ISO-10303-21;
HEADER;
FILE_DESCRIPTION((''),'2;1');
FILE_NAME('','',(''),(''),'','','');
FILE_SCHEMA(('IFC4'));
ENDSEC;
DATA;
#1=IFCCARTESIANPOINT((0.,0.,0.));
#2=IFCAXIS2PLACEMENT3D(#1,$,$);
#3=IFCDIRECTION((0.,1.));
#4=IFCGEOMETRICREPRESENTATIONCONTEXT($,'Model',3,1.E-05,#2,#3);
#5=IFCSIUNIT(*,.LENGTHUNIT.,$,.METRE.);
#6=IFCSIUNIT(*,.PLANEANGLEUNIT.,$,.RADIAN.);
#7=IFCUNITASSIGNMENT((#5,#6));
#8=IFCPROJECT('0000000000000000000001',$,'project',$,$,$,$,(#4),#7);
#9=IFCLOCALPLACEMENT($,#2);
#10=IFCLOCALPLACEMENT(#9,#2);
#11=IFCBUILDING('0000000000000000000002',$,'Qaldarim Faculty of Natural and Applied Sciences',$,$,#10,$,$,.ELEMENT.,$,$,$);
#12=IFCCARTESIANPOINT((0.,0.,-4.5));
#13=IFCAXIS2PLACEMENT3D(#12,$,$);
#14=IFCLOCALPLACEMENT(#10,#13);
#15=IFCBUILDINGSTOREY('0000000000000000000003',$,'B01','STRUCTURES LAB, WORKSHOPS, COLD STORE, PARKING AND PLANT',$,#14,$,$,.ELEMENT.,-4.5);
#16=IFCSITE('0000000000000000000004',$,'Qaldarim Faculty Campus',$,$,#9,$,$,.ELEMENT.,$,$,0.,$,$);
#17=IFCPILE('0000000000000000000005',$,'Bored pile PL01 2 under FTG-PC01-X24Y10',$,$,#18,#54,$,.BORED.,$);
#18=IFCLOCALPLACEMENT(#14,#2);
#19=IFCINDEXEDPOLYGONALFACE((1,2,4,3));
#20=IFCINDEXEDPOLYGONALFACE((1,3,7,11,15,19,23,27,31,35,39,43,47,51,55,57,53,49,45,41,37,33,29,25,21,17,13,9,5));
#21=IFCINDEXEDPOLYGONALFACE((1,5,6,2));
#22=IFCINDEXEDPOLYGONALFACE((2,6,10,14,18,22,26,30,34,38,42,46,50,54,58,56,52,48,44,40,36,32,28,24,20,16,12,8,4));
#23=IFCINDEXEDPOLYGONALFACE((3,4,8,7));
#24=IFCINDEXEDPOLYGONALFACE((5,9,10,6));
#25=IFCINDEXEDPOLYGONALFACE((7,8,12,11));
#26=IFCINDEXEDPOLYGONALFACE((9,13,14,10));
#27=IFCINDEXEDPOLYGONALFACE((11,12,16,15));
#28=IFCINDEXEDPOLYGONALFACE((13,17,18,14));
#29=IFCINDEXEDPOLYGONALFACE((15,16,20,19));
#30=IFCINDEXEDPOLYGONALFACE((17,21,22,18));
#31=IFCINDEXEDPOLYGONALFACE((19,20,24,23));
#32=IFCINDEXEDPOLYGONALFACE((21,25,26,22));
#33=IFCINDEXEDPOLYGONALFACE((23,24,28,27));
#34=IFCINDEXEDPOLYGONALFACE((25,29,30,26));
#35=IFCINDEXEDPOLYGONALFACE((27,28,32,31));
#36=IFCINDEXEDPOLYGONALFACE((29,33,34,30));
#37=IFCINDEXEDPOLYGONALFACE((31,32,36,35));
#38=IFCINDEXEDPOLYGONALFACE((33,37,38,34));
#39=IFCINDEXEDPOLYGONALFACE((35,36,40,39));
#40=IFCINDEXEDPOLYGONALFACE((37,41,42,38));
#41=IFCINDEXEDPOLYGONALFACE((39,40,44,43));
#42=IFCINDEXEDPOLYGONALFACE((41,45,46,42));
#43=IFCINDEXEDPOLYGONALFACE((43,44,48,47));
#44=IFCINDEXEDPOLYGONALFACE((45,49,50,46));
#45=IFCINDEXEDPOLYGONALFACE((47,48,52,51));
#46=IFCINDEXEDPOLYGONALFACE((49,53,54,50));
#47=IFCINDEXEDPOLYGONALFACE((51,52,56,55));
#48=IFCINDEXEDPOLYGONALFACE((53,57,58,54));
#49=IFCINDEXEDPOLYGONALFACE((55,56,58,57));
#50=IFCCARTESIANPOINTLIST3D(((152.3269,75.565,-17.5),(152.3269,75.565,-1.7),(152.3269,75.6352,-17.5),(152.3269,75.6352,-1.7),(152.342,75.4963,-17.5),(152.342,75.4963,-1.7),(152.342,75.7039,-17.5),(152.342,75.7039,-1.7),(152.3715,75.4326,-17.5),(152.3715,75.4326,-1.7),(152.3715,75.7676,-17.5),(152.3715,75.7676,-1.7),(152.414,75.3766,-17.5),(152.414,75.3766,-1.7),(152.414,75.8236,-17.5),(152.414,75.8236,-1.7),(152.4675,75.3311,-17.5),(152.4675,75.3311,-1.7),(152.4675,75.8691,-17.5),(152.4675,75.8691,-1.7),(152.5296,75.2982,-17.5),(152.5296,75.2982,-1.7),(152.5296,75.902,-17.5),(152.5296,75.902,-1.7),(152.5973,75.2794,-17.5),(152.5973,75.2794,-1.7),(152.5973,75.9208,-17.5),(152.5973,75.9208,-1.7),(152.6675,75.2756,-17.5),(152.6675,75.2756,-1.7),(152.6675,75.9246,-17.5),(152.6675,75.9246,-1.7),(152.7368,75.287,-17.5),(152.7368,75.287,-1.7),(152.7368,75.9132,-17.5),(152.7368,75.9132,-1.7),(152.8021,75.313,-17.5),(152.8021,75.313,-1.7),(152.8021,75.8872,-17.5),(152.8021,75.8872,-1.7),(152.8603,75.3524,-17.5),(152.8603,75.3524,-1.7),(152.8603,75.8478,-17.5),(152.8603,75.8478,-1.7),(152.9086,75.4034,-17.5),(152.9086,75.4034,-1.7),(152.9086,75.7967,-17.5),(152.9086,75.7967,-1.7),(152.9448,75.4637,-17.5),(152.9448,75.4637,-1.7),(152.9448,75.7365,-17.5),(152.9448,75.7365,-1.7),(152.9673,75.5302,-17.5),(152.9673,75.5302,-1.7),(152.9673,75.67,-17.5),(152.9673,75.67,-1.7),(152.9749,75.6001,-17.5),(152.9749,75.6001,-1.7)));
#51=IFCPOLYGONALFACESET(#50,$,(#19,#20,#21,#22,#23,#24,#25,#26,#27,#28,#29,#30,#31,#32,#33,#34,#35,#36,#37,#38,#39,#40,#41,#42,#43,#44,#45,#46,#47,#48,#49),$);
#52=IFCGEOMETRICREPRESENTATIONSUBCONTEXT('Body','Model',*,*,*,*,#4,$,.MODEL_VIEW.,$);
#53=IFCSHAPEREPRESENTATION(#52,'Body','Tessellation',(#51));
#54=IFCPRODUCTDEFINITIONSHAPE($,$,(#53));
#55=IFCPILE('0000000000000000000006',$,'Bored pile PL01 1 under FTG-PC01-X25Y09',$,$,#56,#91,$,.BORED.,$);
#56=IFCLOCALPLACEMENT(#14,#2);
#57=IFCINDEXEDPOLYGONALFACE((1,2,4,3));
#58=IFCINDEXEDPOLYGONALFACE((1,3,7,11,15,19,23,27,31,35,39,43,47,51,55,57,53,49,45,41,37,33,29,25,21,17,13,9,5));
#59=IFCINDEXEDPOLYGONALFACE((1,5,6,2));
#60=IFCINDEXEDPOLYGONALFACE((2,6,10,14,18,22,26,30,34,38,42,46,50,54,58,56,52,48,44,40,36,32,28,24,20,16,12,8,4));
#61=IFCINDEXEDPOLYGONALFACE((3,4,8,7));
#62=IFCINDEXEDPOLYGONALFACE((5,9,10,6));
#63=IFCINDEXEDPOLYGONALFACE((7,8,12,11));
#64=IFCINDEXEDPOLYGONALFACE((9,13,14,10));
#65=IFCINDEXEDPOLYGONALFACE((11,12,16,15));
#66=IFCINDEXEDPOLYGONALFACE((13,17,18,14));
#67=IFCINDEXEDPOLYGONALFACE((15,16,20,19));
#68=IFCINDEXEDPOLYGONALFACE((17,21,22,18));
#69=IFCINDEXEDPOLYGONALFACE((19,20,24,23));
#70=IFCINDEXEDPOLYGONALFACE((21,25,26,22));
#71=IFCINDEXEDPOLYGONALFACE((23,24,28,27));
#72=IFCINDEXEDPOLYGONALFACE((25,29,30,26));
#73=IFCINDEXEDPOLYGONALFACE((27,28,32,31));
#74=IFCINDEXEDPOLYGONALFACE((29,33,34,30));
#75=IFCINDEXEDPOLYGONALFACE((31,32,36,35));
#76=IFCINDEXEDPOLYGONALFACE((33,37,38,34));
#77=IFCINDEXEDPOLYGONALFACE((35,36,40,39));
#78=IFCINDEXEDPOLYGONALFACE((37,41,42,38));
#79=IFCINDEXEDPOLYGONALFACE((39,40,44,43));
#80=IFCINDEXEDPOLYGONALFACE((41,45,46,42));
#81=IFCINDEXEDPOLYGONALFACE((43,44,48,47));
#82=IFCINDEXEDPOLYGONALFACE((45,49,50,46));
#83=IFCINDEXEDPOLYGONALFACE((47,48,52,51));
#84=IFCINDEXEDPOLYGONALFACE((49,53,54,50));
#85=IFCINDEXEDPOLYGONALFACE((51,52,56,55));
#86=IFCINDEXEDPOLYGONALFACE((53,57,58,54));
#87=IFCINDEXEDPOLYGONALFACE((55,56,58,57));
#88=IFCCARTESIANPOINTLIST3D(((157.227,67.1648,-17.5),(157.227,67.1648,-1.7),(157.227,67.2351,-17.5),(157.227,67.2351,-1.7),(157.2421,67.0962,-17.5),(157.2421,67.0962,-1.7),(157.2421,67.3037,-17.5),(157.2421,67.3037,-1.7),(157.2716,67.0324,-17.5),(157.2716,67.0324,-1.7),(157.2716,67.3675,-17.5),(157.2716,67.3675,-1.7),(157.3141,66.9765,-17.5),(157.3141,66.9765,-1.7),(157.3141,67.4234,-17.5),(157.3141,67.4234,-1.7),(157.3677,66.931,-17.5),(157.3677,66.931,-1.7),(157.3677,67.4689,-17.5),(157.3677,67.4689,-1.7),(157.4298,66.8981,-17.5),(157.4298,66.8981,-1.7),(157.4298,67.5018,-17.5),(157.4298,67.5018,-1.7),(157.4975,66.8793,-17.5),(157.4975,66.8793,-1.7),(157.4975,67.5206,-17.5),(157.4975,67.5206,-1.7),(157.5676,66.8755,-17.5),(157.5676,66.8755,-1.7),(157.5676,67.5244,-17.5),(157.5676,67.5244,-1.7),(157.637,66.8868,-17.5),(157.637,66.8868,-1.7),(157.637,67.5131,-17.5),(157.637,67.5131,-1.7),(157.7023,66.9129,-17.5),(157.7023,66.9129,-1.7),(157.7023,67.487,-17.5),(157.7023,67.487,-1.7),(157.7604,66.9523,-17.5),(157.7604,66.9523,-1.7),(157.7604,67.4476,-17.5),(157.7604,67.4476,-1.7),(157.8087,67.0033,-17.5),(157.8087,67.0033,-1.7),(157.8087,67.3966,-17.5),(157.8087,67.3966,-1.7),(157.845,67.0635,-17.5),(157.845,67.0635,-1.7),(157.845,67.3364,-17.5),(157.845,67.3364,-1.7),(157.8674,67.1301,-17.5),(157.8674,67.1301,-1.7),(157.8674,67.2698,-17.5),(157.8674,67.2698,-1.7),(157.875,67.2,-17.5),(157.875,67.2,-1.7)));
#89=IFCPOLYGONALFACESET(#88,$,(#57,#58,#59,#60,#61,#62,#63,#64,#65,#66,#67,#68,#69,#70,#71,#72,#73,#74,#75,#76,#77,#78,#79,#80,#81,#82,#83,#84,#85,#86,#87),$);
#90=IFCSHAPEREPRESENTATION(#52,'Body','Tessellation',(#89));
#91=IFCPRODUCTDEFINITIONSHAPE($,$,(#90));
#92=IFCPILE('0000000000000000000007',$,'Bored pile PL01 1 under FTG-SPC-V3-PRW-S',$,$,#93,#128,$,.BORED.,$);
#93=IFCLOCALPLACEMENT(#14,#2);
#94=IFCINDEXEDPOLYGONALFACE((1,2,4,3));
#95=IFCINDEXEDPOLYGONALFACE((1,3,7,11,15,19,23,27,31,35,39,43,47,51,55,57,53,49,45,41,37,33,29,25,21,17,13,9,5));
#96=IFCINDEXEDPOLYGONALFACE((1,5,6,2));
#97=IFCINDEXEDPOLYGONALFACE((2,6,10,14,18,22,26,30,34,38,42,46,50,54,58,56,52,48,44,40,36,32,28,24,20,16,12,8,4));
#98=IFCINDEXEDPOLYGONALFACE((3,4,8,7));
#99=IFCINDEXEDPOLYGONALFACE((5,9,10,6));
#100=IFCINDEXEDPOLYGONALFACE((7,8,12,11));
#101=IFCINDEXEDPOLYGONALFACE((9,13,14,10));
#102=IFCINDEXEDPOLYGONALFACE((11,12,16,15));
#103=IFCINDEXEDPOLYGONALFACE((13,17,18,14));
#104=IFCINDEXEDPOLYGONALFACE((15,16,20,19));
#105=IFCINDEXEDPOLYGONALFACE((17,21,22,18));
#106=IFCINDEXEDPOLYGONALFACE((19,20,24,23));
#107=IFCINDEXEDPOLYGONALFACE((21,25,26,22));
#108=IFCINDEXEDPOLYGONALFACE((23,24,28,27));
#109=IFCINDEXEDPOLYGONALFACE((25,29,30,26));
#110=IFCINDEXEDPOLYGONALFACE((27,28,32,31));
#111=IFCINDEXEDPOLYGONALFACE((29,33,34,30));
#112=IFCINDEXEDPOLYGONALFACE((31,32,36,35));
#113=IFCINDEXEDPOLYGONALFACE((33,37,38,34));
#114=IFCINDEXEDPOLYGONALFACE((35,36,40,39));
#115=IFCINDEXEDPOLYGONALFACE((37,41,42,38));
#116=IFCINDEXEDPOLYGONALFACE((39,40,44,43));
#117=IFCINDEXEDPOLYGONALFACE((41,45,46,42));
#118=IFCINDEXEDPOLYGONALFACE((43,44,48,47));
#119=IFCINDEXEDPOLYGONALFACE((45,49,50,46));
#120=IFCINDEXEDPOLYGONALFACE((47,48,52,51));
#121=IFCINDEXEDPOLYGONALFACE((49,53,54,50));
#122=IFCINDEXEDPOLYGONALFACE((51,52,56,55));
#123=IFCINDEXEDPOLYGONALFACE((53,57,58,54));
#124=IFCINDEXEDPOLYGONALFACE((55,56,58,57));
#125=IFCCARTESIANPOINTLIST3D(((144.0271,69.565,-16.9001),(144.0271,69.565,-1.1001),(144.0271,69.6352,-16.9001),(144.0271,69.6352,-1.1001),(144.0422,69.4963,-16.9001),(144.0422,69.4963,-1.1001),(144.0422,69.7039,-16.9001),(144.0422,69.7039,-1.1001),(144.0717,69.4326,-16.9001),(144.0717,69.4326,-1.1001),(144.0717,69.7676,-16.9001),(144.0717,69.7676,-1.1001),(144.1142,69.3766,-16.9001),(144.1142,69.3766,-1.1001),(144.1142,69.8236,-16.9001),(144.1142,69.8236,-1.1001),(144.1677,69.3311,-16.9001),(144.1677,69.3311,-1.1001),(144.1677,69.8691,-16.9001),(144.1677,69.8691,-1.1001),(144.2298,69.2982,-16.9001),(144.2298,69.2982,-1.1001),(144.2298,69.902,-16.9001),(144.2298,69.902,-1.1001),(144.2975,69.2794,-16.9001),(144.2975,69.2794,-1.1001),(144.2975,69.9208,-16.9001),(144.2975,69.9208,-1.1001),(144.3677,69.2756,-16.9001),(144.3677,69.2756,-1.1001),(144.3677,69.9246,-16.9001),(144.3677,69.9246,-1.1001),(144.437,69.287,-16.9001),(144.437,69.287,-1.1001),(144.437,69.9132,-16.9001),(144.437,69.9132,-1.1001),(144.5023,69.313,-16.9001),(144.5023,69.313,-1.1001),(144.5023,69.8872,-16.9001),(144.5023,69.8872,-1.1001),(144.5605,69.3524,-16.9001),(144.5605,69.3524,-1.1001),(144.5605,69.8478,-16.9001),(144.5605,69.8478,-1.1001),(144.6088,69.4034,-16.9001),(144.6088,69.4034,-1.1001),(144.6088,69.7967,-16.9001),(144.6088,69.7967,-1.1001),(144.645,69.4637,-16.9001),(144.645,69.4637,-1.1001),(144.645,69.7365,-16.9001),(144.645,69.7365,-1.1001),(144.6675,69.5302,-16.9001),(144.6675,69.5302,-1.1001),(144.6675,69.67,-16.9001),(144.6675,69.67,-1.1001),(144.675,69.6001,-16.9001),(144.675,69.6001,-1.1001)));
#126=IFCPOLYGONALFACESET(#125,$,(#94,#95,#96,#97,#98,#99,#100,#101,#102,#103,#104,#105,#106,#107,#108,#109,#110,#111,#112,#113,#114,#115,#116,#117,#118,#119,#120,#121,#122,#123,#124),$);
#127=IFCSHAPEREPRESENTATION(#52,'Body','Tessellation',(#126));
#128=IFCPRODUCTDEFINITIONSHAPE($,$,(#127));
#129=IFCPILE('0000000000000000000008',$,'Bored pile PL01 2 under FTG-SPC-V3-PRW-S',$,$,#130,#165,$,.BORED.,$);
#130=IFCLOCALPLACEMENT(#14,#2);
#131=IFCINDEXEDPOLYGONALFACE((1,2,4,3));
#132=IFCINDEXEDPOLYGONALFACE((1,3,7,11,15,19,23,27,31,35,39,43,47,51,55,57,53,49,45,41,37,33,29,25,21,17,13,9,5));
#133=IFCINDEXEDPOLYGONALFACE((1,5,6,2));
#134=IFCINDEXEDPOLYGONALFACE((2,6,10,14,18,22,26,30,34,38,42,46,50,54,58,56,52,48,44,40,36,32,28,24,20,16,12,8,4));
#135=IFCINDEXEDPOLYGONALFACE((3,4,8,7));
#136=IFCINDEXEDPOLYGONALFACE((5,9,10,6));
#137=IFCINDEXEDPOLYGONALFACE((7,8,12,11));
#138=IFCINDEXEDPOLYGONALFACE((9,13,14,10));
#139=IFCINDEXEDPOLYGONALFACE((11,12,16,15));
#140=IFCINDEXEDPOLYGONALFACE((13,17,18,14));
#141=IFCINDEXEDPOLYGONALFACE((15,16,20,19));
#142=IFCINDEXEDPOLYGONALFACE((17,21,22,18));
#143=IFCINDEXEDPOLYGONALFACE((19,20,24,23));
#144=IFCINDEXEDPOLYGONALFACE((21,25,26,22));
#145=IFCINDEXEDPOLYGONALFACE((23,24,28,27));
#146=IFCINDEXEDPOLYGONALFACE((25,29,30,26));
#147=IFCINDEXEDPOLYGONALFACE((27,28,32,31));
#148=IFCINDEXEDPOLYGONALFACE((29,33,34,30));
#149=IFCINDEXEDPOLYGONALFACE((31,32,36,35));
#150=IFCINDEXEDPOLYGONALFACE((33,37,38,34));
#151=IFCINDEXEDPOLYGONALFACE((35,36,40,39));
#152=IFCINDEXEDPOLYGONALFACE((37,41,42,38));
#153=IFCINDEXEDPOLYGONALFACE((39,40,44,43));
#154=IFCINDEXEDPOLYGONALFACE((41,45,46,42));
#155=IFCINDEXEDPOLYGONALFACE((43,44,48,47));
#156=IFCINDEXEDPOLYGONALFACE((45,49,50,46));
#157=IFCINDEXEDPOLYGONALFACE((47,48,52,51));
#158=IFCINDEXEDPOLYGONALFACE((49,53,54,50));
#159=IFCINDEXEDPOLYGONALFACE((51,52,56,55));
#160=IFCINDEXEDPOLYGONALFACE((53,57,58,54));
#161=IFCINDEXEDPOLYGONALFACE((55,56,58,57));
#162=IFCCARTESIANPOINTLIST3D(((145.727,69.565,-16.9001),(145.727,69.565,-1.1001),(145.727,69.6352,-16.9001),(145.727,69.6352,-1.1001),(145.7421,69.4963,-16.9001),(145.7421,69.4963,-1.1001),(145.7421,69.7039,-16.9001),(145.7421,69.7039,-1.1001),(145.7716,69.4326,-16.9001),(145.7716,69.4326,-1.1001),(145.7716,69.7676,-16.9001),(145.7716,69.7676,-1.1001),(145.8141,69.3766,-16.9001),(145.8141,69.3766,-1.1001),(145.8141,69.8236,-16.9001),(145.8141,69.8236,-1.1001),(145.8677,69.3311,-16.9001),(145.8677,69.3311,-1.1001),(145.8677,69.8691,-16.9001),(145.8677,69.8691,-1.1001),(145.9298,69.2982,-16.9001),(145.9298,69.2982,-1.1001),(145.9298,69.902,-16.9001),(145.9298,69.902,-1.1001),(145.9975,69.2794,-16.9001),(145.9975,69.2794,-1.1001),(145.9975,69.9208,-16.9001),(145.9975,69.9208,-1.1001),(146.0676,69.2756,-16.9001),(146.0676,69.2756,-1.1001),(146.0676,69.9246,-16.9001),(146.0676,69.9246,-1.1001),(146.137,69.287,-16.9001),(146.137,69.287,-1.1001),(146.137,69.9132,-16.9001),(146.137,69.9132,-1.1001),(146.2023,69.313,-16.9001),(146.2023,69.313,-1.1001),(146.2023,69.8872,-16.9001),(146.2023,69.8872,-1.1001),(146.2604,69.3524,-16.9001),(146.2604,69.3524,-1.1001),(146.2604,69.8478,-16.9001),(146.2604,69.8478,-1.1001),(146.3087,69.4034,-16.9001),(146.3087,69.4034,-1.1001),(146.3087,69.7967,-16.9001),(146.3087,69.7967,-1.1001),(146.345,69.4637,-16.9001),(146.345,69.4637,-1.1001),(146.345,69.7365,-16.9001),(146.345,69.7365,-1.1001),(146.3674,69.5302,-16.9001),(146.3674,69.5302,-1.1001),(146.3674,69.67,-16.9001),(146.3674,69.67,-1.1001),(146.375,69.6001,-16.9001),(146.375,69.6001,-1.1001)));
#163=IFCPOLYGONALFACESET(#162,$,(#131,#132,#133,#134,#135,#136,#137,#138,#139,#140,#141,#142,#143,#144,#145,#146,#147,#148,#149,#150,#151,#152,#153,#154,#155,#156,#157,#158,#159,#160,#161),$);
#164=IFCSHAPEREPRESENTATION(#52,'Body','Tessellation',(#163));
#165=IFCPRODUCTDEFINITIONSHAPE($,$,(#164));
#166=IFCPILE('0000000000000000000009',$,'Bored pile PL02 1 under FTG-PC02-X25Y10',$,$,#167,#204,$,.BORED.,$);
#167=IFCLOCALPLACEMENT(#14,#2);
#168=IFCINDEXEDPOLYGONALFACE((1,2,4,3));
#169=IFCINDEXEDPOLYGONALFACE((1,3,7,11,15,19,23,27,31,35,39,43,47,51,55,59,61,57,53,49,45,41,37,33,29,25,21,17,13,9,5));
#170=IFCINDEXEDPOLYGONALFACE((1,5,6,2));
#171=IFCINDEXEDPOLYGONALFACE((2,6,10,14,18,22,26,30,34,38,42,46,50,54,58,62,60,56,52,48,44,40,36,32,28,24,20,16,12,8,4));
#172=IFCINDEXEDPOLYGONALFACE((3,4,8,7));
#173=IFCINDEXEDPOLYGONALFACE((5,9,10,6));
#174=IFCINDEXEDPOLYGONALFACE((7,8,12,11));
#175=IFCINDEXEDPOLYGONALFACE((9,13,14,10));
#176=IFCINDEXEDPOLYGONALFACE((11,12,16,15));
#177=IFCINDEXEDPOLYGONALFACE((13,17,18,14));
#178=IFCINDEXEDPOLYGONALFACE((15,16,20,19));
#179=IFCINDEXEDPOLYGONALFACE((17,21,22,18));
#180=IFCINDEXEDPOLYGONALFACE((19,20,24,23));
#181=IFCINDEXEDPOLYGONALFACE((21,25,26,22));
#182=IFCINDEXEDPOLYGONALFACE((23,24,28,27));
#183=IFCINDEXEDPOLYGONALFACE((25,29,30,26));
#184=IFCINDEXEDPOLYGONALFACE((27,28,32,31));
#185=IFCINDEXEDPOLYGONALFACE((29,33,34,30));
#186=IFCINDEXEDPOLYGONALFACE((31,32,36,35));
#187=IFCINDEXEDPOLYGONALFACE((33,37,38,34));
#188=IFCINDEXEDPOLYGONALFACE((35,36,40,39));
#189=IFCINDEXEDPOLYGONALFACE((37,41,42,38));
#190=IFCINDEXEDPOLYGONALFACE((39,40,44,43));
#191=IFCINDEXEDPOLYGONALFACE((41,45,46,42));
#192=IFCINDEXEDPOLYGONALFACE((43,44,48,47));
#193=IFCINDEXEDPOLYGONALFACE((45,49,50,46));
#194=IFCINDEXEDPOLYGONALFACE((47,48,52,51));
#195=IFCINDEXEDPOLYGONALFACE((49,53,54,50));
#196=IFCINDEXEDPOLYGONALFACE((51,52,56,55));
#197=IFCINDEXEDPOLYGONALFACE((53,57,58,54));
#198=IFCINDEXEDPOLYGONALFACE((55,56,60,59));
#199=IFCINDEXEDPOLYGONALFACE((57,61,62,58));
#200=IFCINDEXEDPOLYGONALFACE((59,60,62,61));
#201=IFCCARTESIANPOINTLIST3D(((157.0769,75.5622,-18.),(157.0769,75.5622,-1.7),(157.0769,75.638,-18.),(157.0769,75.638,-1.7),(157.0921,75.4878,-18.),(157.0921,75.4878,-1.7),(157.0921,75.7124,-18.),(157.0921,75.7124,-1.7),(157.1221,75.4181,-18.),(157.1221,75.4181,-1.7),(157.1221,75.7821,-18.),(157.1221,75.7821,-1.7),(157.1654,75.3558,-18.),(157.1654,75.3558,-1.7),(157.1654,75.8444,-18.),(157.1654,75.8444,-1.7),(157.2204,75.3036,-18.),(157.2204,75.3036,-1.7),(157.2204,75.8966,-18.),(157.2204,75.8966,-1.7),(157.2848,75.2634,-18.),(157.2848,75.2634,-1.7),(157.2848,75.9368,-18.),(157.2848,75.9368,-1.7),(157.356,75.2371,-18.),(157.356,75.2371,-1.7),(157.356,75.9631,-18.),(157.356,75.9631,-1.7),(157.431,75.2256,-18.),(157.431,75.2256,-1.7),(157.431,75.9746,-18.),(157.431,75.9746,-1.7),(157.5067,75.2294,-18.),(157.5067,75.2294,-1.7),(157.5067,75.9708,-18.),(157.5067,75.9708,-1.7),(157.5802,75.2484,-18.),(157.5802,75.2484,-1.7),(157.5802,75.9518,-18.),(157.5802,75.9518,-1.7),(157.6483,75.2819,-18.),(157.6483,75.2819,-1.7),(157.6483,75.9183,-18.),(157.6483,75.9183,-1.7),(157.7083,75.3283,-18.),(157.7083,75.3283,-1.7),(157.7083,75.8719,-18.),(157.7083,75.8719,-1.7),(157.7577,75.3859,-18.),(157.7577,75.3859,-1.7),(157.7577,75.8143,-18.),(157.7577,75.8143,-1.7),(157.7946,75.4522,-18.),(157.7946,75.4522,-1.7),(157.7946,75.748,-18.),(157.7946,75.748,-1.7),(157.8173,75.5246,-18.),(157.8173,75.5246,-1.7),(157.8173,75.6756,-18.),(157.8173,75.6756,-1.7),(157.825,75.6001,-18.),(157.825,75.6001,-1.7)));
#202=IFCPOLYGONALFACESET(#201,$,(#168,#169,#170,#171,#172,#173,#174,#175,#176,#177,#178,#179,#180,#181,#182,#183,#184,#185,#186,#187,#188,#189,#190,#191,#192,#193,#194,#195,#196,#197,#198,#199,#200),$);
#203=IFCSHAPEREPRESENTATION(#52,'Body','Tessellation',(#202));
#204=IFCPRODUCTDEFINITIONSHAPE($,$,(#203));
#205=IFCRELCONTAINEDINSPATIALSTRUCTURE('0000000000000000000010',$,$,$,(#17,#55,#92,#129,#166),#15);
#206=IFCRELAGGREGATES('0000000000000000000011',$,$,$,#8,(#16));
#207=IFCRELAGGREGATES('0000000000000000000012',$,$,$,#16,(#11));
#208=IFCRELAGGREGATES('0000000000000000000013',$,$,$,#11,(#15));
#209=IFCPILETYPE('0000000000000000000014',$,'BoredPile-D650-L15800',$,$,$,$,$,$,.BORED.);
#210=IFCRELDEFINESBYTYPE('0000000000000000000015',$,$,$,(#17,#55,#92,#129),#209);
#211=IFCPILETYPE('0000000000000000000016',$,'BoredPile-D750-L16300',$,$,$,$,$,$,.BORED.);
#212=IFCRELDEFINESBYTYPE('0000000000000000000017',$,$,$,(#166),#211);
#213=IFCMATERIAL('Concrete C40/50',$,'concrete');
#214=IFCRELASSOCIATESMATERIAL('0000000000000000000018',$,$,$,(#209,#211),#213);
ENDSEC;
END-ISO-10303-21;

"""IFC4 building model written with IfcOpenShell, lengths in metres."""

from ifc_helpers import new_model, si_unit, direction, frame, origin, origin_2d, place, context, subcontext, project, spatial, circle, extrude, material, material_profile, profile_set, type_object, element, save


model = new_model("IFC4")

# Units and contexts
model_context = context("Model", 3, precision=1e-05, world=origin(), true_north=direction((0.0, 1.0)))
body_context = subcontext(model_context, "Body", "Model", "MODEL_VIEW")
ifc_project = project(units=[si_unit("LENGTHUNIT", "METRE"), si_unit("PLANEANGLEUNIT", "RADIAN")], contexts=[model_context])

# Site, building, storey
site_placement = place(None, origin())
site = spatial("IfcSite", under=ifc_project, at=site_placement, Name="Qaldarim Faculty Campus", CompositionType="ELEMENT", RefElevation=0.0)
building_placement = place(site_placement, origin())
building = spatial("IfcBuilding", under=site, at=building_placement, Name="Qaldarim Faculty of Natural and Applied Sciences", CompositionType="ELEMENT")
storey_placement = place(building_placement, frame((0.0, 0.0, -4.5)))
storey = spatial("IfcBuildingStorey", under=building, at=storey_placement, Name="B01", Description="STRUCTURES LAB, WORKSHOPS, COLD STORE, PARKING AND PLANT", CompositionType="ELEMENT", Elevation=-4.5)

# Piles
ifc_material_1 = material(Name="Concrete C40/50", Category="concrete")
ifc_material_profile_1 = material_profile(ifc_material_1, circle(Radius=0.325, at=origin_2d()), Name="PILE-D650")
ifc_profile_set_1 = profile_set([ifc_material_profile_1], Name="Concrete C40/50")
pile_type_1 = type_object("IfcPileType", Name="BoredPile-D650-L15800", PredefinedType="BORED", material=ifc_profile_set_1)
for number, where, z_axis, x_axis, name in (
    (1, (152.6499, 75.6001, -1.7), (0.0, 0.0, -1.0), (1.0, 0.0, 0.0), "Bored pile PL01 2 under FTG-PC01-X24Y10"),
    (2, (157.55, 67.2, -1.7), (0.0, 0.0, -1.0), (1.0, 0.0, 0.0), "Bored pile PL01 1 under FTG-PC01-X25Y09"),
    (3, (144.3501, 69.6001, -1.1001), (0.0, 0.0, -1.0), (1.0, 0.0, 0.0), "Bored pile PL01 1 under FTG-SPC-V3-PRW-S"),
    (4, (146.05, 69.6001, -1.1001), (0.0, 0.0, -1.0), (1.0, 0.0, 0.0), "Bored pile PL01 2 under FTG-SPC-V3-PRW-S"),
):
    element("IfcPile", number, at=place(storey_placement, frame(where, z_axis=z_axis, x_axis=x_axis)), inside=storey, type_object=pile_type_1, Name=name, PredefinedType="BORED", context=body_context, shape_type="SweptSolid", body=[
        extrude(circle(Radius=0.325, at=origin_2d()), origin(), (0.0, 0.0, 1.0), 15.8),
    ])
ifc_material_profile_2 = material_profile(ifc_material_1, circle(Radius=0.375, at=origin_2d()), Name="PILE-D750")
ifc_profile_set_2 = profile_set([ifc_material_profile_2], Name="Concrete C40/50")
pile_type_2 = type_object("IfcPileType", Name="BoredPile-D750-L16300", PredefinedType="BORED", material=ifc_profile_set_2)
pile_placement = place(storey_placement, frame((157.45, 75.6001, -1.7), z_axis=(0.0, 0.0, -1.0), x_axis=(1.0, 0.0, 0.0)))
element("IfcPile", 5, at=pile_placement, inside=storey, type_object=pile_type_2, Name="Bored pile PL02 1 under FTG-PC02-X25Y10", PredefinedType="BORED", context=body_context, shape_type="SweptSolid", body=[
    extrude(circle(Radius=0.375, at=origin_2d()), origin(), (0.0, 0.0, 1.0), 16.3),
])

save(model, "model.ifc")
